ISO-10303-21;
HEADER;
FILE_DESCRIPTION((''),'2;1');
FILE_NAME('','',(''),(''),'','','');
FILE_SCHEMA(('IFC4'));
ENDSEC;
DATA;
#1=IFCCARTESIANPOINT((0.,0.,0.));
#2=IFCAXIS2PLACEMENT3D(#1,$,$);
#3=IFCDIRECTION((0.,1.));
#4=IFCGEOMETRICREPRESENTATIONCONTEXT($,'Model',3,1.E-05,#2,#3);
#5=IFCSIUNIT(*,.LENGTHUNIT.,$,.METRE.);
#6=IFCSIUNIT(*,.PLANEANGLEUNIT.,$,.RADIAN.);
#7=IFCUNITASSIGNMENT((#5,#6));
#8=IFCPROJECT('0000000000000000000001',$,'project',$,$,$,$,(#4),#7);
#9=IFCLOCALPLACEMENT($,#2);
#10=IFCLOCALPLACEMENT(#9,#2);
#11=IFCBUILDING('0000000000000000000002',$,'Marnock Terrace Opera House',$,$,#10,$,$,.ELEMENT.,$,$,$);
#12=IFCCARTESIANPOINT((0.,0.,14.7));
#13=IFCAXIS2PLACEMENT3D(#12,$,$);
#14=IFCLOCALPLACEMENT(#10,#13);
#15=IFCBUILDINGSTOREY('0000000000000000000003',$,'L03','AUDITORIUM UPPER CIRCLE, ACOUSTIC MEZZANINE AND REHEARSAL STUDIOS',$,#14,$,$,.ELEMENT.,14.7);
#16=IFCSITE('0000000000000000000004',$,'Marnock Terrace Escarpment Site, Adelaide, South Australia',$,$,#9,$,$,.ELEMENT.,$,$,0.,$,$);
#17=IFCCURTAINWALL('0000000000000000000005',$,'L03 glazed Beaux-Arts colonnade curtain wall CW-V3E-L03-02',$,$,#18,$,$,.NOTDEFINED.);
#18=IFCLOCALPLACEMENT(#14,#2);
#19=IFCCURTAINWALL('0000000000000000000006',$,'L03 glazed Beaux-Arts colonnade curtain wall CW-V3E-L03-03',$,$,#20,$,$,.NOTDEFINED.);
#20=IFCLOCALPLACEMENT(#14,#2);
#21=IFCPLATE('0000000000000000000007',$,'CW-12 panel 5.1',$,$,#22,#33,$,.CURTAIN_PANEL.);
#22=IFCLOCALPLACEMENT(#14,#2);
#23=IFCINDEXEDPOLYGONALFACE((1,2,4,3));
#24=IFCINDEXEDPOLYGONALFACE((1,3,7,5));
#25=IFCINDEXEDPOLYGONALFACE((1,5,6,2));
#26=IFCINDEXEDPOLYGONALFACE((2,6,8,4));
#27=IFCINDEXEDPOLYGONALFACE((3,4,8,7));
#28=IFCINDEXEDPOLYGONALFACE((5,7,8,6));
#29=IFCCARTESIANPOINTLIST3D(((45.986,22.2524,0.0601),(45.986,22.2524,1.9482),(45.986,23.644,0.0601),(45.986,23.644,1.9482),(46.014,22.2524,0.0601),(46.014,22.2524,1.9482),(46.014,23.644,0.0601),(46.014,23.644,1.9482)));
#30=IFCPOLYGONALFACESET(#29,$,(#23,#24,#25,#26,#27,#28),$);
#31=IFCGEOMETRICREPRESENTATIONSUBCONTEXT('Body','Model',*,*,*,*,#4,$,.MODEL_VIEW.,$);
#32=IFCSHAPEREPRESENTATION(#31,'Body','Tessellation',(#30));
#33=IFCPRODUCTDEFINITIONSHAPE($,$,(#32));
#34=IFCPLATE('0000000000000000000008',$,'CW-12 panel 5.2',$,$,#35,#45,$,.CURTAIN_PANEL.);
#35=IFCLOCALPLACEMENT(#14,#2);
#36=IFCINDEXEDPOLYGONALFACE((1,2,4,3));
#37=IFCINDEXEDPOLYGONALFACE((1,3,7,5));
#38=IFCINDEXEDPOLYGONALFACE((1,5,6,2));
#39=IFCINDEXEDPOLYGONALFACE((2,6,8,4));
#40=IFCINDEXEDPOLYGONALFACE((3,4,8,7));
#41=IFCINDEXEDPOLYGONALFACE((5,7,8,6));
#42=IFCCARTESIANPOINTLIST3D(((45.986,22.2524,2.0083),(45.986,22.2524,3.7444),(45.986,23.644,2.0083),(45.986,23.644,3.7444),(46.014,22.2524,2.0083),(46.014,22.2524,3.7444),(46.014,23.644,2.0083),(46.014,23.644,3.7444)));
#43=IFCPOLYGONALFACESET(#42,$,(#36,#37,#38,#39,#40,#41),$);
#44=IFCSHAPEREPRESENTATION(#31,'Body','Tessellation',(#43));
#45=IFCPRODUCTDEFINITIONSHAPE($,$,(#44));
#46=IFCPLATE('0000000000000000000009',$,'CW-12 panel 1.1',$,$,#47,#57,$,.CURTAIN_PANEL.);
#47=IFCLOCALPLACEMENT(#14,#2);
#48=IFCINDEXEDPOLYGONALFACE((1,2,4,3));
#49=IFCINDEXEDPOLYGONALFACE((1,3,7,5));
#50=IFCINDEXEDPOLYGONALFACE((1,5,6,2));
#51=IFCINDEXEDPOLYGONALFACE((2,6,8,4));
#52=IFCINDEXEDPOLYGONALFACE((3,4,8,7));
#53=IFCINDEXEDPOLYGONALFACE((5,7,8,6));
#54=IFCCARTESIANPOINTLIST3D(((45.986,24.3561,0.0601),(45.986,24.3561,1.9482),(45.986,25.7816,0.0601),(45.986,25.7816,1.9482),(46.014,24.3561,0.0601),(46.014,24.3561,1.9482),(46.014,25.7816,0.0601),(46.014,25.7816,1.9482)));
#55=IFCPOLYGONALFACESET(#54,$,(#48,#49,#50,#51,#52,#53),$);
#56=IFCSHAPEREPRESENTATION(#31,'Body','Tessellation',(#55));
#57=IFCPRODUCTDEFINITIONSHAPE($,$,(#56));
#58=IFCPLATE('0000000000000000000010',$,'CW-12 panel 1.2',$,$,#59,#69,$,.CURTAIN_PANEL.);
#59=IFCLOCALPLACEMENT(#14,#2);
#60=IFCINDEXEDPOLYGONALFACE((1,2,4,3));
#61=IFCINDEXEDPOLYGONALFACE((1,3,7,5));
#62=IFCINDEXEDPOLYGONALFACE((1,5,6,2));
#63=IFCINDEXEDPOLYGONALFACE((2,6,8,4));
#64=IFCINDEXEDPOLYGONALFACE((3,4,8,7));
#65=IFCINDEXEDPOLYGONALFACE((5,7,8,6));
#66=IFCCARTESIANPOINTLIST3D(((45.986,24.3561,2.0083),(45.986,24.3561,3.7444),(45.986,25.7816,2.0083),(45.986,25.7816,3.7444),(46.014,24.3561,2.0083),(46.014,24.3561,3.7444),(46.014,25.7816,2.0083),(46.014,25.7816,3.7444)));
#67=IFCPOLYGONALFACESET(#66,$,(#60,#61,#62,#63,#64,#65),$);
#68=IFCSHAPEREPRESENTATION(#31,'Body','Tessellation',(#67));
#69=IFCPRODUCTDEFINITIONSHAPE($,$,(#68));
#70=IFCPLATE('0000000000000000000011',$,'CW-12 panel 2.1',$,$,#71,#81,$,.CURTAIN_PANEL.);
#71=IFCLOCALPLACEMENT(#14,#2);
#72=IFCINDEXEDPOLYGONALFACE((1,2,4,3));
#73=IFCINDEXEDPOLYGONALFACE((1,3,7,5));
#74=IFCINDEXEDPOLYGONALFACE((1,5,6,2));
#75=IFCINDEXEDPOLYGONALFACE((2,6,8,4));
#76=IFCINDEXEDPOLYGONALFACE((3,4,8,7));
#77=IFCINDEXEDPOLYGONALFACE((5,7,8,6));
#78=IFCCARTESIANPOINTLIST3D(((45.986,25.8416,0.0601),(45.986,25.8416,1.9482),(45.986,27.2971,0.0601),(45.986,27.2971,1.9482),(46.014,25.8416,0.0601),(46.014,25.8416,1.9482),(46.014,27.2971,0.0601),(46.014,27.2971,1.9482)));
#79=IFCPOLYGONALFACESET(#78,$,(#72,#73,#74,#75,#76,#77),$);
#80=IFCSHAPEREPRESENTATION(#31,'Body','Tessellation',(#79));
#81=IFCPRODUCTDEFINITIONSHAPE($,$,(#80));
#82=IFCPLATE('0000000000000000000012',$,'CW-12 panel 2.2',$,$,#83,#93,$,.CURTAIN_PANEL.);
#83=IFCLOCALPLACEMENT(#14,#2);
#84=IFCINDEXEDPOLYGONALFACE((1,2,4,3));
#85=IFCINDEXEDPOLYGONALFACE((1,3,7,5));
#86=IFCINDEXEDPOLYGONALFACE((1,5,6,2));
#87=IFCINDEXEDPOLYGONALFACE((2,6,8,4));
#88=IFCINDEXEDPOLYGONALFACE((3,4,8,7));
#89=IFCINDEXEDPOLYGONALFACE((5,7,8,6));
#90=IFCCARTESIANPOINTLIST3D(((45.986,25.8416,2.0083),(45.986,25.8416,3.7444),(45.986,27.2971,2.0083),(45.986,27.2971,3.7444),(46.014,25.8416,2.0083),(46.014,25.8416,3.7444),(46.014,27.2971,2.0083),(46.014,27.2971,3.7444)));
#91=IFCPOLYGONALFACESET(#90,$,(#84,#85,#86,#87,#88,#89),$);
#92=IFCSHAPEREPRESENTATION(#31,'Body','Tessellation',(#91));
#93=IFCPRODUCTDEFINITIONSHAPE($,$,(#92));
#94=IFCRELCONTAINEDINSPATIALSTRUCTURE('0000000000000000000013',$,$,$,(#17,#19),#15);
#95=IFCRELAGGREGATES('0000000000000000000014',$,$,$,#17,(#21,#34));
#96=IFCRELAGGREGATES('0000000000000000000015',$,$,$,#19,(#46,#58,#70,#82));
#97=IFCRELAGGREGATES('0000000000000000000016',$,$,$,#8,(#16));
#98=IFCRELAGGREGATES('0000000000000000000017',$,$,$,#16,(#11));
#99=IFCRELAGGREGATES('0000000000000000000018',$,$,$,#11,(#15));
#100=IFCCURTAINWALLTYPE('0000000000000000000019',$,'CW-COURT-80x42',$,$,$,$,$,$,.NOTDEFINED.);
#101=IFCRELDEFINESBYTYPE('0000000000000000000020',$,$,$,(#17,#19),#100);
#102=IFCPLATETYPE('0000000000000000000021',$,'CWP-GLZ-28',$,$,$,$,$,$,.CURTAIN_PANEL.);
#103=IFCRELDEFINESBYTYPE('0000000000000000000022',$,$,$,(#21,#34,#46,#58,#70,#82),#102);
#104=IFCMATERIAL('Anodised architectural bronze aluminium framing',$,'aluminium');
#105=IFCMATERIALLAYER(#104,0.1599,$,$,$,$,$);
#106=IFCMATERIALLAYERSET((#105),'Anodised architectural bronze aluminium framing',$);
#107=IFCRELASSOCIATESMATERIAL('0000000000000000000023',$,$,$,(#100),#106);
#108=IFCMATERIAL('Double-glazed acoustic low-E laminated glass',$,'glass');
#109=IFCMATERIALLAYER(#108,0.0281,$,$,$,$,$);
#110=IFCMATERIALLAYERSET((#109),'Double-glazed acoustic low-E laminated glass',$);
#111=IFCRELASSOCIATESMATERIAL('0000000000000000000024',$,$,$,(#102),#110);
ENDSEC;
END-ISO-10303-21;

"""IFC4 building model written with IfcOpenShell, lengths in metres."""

from ifc_helpers import new_model, si_unit, direction, frame, origin, origin_2d, place, context, subcontext, project, spatial, rectangle, extrude, material, layer, layer_set, type_object, element, aggregate, save


model = new_model("IFC4")

# Units and contexts
model_context = context("Model", 3, precision=1e-05, world=origin(), true_north=direction((0.0, 1.0)))
body_context = subcontext(model_context, "Body", "Model", "MODEL_VIEW")
ifc_project = project(units=[si_unit("LENGTHUNIT", "METRE"), si_unit("PLANEANGLEUNIT", "RADIAN")], contexts=[model_context])

# Site, building, storey
site_placement = place(None, origin())
site = spatial("IfcSite", under=ifc_project, at=site_placement, Name="Marnock Terrace Escarpment Site, Adelaide, South Australia", CompositionType="ELEMENT", RefElevation=0.0)
building_placement = place(site_placement, origin())
building = spatial("IfcBuilding", under=site, at=building_placement, Name="Marnock Terrace Opera House", CompositionType="ELEMENT")
storey_placement = place(building_placement, frame((0.0, 0.0, 14.7)))
storey = spatial("IfcBuildingStorey", under=building, at=storey_placement, Name="L03", Description="AUDITORIUM UPPER CIRCLE, ACOUSTIC MEZZANINE AND REHEARSAL STUDIOS", CompositionType="ELEMENT", Elevation=14.7)

# Curtain walls
ifc_material_1 = material(Name="Anodised architectural bronze aluminium framing", Category="aluminium")
ifc_layer_1 = layer(ifc_material_1, 0.1599)
ifc_layer_set_1 = layer_set([ifc_layer_1], Name="Anodised architectural bronze aluminium framing")
curtain_wall_type = type_object("IfcCurtainWallType", Name="CW-COURT-80x42", PredefinedType="NOTDEFINED", material=ifc_layer_set_1)
curtain_wall_1_placement = place(storey_placement, origin())
curtain_wall_1 = element("IfcCurtainWall", 1, at=curtain_wall_1_placement, inside=storey, type_object=curtain_wall_type, Name="L03 glazed Beaux-Arts colonnade curtain wall CW-V3E-L03-02", PredefinedType="NOTDEFINED")
curtain_wall_2_placement = place(storey_placement, origin())
curtain_wall_2 = element("IfcCurtainWall", 2, at=curtain_wall_2_placement, inside=storey, type_object=curtain_wall_type, Name="L03 glazed Beaux-Arts colonnade curtain wall CW-V3E-L03-03", PredefinedType="NOTDEFINED")

# Plates
ifc_material_2 = material(Name="Double-glazed acoustic low-E laminated glass", Category="glass")
ifc_layer_2 = layer(ifc_material_2, 0.0281)
ifc_layer_set_2 = layer_set([ifc_layer_2], Name="Double-glazed acoustic low-E laminated glass")
plate_type = type_object("IfcPlateType", Name="CWP-GLZ-28", PredefinedType="CURTAIN_PANEL", material=ifc_layer_set_2)
plate_1_placement = place(storey_placement, frame((46.0, 22.9482, 0.0601), z_axis=(0.0, 0.0, 1.0), x_axis=(0.0, 1.0, 0.0)))
plate_1 = element("IfcPlate", 3, at=plate_1_placement, type_object=plate_type, Name="CW-12 panel 5.1", PredefinedType="CURTAIN_PANEL", context=body_context, shape_type="SweptSolid", body=[
    extrude(rectangle(XDim=1.3916, YDim=0.0281, at=origin_2d()), origin(), (0.0, 0.0, 1.0), 1.8882),
])
plate_2_placement = place(storey_placement, frame((46.0, 22.9482, 2.0083), z_axis=(0.0, 0.0, 1.0), x_axis=(0.0, 1.0, 0.0)))
plate_2 = element("IfcPlate", 4, at=plate_2_placement, type_object=plate_type, Name="CW-12 panel 5.2", PredefinedType="CURTAIN_PANEL", context=body_context, shape_type="SweptSolid", body=[
    extrude(rectangle(XDim=1.3916, YDim=0.0281, at=origin_2d()), origin(), (0.0, 0.0, 1.0), 1.7361),
])
aggregate(curtain_wall_1, [plate_1, plate_2])
plate_3_placement = place(storey_placement, frame((46.0, 25.0688, 0.0601), z_axis=(0.0, 0.0, 1.0), x_axis=(0.0, 1.0, 0.0)))
plate_3 = element("IfcPlate", 5, at=plate_3_placement, type_object=plate_type, Name="CW-12 panel 1.1", PredefinedType="CURTAIN_PANEL", context=body_context, shape_type="SweptSolid", body=[
    extrude(rectangle(XDim=1.4255, YDim=0.0281, at=origin_2d()), origin(), (0.0, 0.0, 1.0), 1.8882),
])
plate_4_placement = place(storey_placement, frame((46.0, 25.0688, 2.0083), z_axis=(0.0, 0.0, 1.0), x_axis=(0.0, 1.0, 0.0)))
plate_4 = element("IfcPlate", 6, at=plate_4_placement, type_object=plate_type, Name="CW-12 panel 1.2", PredefinedType="CURTAIN_PANEL", context=body_context, shape_type="SweptSolid", body=[
    extrude(rectangle(XDim=1.4255, YDim=0.0281, at=origin_2d()), origin(), (0.0, 0.0, 1.0), 1.7361),
])
plate_5_placement = place(storey_placement, frame((46.0, 26.5693, 0.0601), z_axis=(0.0, 0.0, 1.0), x_axis=(0.0, 1.0, 0.0)))
plate_5 = element("IfcPlate", 7, at=plate_5_placement, type_object=plate_type, Name="CW-12 panel 2.1", PredefinedType="CURTAIN_PANEL", context=body_context, shape_type="SweptSolid", body=[
    extrude(rectangle(XDim=1.4556, YDim=0.0281, at=origin_2d()), origin(), (0.0, 0.0, 1.0), 1.8882),
])
plate_6_placement = place(storey_placement, frame((46.0, 26.5693, 2.0083), z_axis=(0.0, 0.0, 1.0), x_axis=(0.0, 1.0, 0.0)))
plate_6 = element("IfcPlate", 8, at=plate_6_placement, type_object=plate_type, Name="CW-12 panel 2.2", PredefinedType="CURTAIN_PANEL", context=body_context, shape_type="SweptSolid", body=[
    extrude(rectangle(XDim=1.4556, YDim=0.0281, at=origin_2d()), origin(), (0.0, 0.0, 1.0), 1.7361),
])
aggregate(curtain_wall_2, [plate_3, plate_4, plate_5, plate_6])

save(model, "model.ifc")
